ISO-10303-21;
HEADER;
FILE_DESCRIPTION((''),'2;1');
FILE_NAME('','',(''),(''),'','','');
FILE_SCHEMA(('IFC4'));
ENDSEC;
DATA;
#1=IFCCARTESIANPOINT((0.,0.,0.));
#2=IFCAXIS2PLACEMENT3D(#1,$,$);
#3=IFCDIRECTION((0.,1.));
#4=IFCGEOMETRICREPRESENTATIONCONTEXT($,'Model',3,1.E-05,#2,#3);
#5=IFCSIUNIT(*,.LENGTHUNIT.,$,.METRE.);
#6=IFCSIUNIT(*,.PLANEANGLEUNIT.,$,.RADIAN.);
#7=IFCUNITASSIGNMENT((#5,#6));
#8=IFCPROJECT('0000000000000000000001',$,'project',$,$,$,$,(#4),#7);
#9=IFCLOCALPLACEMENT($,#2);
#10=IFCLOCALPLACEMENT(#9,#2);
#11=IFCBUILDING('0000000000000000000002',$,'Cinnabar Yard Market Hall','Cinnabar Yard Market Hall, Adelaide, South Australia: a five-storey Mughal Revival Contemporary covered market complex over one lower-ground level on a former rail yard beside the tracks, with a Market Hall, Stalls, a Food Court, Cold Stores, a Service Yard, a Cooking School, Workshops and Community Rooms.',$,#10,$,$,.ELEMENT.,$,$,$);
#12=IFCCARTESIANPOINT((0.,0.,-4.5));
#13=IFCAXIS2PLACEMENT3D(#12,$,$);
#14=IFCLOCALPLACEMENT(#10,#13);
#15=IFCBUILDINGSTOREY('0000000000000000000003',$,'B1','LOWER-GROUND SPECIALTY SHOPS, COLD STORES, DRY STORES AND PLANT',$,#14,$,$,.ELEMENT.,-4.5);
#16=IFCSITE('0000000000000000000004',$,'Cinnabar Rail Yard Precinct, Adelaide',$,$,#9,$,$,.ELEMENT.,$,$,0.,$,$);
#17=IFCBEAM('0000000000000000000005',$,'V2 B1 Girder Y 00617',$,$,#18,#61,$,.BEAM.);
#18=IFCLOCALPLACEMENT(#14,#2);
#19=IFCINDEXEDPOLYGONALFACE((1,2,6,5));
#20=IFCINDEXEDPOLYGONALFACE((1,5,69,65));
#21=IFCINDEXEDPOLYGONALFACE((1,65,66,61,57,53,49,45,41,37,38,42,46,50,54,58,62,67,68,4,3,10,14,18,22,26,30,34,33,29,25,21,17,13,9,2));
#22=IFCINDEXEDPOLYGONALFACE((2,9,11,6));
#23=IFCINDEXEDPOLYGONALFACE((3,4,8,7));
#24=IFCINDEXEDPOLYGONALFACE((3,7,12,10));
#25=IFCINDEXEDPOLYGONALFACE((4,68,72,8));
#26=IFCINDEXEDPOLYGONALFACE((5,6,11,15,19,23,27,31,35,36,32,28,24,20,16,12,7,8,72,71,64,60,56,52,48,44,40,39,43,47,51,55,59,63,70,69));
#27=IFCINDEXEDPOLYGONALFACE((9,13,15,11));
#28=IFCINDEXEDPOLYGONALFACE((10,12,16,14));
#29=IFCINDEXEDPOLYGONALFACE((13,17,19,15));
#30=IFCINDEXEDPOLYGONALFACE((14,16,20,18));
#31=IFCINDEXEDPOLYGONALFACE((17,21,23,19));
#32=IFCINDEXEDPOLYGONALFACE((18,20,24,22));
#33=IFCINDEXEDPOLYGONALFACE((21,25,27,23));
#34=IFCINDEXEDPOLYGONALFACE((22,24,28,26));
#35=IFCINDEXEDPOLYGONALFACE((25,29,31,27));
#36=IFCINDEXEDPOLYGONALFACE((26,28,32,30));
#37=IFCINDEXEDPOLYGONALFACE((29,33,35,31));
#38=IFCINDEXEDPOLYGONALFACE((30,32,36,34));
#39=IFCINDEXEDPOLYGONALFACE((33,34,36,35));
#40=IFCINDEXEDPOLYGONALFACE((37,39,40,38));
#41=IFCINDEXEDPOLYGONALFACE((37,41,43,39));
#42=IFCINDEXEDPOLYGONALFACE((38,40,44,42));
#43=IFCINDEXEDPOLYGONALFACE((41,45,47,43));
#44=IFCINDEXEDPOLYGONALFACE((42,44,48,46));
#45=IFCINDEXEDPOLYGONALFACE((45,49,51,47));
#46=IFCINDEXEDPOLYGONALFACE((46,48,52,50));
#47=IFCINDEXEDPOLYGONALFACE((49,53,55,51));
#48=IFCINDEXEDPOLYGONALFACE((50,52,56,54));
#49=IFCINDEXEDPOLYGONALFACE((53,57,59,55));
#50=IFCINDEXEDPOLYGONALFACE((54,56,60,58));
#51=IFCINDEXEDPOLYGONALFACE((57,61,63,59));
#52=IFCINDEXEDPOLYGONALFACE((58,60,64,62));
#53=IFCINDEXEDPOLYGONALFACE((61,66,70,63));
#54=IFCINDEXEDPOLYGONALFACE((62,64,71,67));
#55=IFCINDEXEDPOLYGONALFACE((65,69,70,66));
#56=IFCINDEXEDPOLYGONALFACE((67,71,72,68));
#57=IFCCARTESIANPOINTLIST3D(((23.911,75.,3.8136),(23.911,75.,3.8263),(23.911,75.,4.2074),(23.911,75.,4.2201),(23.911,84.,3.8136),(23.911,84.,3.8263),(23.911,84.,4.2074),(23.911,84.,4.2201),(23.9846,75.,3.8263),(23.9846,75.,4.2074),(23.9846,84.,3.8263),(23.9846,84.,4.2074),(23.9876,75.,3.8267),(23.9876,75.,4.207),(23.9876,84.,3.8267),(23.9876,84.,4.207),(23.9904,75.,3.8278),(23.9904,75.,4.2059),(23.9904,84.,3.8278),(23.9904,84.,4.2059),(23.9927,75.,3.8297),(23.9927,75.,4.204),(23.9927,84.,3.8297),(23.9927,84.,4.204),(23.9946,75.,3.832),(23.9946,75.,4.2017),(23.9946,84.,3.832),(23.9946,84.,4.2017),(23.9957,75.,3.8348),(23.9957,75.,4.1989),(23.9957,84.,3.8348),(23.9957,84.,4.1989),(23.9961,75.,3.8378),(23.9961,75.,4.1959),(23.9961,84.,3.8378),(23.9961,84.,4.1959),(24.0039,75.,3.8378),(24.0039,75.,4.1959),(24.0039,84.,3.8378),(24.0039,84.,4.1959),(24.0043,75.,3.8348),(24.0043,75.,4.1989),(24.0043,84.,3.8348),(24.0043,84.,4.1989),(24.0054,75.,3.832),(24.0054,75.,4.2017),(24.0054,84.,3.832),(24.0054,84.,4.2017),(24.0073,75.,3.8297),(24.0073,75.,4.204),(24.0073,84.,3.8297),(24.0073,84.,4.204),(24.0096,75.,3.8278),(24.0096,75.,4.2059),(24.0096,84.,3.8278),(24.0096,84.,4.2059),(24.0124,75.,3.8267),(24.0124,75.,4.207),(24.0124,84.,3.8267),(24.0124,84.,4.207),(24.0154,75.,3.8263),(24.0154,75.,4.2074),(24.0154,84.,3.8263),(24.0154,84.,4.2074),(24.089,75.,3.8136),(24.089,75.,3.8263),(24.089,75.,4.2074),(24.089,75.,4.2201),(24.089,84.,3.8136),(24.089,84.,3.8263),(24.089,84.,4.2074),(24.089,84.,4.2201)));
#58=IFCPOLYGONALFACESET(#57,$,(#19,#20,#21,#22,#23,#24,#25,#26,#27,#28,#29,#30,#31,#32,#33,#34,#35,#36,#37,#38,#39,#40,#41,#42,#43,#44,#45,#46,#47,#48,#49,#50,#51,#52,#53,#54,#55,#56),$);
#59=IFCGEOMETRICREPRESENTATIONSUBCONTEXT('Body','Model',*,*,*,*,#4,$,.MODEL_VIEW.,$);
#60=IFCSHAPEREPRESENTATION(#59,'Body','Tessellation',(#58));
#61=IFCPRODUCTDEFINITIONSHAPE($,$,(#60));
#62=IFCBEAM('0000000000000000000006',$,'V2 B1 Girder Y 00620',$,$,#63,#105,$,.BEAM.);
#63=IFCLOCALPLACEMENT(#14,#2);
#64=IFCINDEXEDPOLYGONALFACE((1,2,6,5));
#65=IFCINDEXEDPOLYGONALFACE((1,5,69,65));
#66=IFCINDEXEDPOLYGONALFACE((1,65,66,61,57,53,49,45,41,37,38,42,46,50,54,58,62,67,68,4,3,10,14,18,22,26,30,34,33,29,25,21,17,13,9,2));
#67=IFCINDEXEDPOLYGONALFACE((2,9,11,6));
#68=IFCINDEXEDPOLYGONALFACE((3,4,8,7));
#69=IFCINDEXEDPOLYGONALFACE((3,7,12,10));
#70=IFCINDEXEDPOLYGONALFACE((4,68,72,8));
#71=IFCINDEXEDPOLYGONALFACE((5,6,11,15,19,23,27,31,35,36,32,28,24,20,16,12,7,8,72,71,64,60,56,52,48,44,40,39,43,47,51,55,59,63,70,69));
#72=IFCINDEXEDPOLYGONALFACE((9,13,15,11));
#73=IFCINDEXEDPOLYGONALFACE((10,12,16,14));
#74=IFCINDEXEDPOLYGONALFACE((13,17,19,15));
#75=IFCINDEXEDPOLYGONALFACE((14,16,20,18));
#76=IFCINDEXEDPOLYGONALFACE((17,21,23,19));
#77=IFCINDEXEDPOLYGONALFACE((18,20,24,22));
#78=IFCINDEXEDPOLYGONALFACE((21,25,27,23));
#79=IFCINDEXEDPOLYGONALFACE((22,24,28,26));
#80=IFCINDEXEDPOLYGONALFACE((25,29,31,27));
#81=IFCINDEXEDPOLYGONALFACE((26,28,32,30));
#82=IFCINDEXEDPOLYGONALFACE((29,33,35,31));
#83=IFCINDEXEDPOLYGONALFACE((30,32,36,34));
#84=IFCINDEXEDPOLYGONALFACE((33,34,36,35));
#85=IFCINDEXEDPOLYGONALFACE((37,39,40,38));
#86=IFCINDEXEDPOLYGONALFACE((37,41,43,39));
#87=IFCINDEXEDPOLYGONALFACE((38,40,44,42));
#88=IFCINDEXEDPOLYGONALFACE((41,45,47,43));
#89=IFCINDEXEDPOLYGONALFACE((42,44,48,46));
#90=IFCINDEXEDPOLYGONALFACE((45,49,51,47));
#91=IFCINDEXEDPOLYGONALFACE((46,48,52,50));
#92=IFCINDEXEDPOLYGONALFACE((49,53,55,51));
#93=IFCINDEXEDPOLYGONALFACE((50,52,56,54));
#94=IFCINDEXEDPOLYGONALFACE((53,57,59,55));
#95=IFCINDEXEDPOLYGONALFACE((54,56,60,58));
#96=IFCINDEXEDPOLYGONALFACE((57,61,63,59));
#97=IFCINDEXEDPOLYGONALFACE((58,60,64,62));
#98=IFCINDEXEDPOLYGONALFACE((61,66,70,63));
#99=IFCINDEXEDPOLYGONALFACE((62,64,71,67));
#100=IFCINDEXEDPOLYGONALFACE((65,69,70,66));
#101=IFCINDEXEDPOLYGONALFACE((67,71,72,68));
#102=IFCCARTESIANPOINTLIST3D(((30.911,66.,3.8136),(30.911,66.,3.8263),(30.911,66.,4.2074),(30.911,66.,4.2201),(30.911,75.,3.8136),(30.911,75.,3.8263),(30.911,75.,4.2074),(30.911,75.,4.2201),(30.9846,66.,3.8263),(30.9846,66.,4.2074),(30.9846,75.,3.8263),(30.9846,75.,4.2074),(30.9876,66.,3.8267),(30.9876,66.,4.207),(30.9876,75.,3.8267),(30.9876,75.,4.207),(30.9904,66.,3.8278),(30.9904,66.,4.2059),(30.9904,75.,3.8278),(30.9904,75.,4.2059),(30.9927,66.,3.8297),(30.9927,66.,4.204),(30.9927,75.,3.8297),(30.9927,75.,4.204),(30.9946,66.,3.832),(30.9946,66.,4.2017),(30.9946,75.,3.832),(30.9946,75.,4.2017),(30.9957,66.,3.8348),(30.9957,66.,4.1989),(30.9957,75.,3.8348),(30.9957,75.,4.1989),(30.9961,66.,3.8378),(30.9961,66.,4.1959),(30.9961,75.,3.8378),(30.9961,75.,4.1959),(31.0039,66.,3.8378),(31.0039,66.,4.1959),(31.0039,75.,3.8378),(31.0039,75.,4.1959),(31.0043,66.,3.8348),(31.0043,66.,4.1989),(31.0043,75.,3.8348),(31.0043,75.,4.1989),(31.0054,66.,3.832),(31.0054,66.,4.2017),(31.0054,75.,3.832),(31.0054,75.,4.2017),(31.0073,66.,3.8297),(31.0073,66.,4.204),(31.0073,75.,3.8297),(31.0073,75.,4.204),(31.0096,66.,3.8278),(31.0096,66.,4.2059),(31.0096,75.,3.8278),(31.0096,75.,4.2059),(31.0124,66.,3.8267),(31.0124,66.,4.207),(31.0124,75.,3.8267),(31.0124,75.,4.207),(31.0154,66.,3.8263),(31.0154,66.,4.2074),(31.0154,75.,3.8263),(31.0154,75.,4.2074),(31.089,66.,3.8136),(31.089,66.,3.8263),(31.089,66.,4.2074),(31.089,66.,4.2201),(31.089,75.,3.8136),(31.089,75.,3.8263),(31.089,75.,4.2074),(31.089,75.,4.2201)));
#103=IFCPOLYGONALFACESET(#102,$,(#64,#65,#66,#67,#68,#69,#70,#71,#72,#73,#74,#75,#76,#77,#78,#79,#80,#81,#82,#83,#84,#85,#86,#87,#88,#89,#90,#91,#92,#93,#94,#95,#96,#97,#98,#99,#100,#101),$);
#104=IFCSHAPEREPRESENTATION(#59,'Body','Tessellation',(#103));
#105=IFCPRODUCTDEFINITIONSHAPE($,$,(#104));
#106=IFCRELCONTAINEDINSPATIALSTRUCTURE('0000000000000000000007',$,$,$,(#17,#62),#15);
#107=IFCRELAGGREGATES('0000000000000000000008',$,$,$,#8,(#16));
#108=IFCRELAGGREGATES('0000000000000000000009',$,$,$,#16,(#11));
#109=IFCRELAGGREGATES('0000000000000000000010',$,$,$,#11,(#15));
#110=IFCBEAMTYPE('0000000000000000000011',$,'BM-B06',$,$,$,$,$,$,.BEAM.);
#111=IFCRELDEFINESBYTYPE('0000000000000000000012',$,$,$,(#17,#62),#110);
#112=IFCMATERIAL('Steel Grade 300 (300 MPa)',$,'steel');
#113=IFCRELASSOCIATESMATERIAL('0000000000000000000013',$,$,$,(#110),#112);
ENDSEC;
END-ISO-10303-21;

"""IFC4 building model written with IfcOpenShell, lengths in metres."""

from ifc_helpers import new_model, si_unit, direction, frame, origin, origin_2d_with_axis, place, context, subcontext, project, spatial, i_section, extrude, material, material_profile, profile_set, type_object, element, save


model = new_model("IFC4")

# Units and contexts
model_context = context("Model", 3, precision=1e-05, world=origin(), true_north=direction((0.0, 1.0)))
body_context = subcontext(model_context, "Body", "Model", "MODEL_VIEW")
ifc_project = project(units=[si_unit("LENGTHUNIT", "METRE"), si_unit("PLANEANGLEUNIT", "RADIAN")], contexts=[model_context])

# Site, building, storey
site_placement = place(None, origin())
site = spatial("IfcSite", under=ifc_project, at=site_placement, Name="Cinnabar Rail Yard Precinct, Adelaide", CompositionType="ELEMENT", RefElevation=0.0)
building_placement = place(site_placement, origin())
building = spatial("IfcBuilding", under=site, at=building_placement, Name="Cinnabar Yard Market Hall", Description="Cinnabar Yard Market Hall, Adelaide, South Australia: a five-storey Mughal Revival Contemporary covered market complex over one lower-ground level on a former rail yard beside the tracks, with a Market Hall, Stalls, a Food Court, Cold Stores, a Service Yard, a Cooking School, Workshops and Community Rooms.", CompositionType="ELEMENT")
storey_placement = place(building_placement, frame((0.0, 0.0, -4.5)))
storey = spatial("IfcBuildingStorey", under=building, at=storey_placement, Name="B1", Description="LOWER-GROUND SPECIALTY SHOPS, COLD STORES, DRY STORES AND PLANT", CompositionType="ELEMENT", Elevation=-4.5)

# Shared definitions
ifc_material_1 = material(Name="Steel Grade 300 (300 MPa)", Category="steel")

# Beams
ifc_material_profile_1 = material_profile(ifc_material_1, i_section(OverallWidth=0.178, OverallDepth=0.4065, WebThickness=0.0078, FlangeThickness=0.0127, FilletRadius=0.0115, at=origin_2d_with_axis()), Name="410UB59.7")
ifc_profile_set_1 = profile_set([ifc_material_profile_1], Name="Steel Grade 300 (300 MPa)")
beam_type_1 = type_object("IfcBeamType", Name="BM-B06", PredefinedType="BEAM", material=ifc_profile_set_1)
for number, where, z_axis, x_axis, name in (
    (1, (24.0, 75.0, 4.0168), (0.0, 1.0, 0.0), (-1.0, 0.0, 0.0), "V2 B1 Girder Y 00617"),
    (2, (31.0, 66.0, 4.0168), (0.0, 1.0, 0.0), (-1.0, 0.0, 0.0), "V2 B1 Girder Y 00620"),
):
    element("IfcBeam", number, at=place(storey_placement, frame(where, z_axis=z_axis, x_axis=x_axis)), inside=storey, type_object=beam_type_1, Name=name, PredefinedType="BEAM", context=body_context, shape_type="SweptSolid", body=[
        extrude(i_section(OverallWidth=0.178, OverallDepth=0.4065, WebThickness=0.0078, FlangeThickness=0.0127, FilletRadius=0.0115, at=origin_2d_with_axis()), origin(), (0.0, 0.0, 1.0), 9.0),
    ])

save(model, "model.ifc")
